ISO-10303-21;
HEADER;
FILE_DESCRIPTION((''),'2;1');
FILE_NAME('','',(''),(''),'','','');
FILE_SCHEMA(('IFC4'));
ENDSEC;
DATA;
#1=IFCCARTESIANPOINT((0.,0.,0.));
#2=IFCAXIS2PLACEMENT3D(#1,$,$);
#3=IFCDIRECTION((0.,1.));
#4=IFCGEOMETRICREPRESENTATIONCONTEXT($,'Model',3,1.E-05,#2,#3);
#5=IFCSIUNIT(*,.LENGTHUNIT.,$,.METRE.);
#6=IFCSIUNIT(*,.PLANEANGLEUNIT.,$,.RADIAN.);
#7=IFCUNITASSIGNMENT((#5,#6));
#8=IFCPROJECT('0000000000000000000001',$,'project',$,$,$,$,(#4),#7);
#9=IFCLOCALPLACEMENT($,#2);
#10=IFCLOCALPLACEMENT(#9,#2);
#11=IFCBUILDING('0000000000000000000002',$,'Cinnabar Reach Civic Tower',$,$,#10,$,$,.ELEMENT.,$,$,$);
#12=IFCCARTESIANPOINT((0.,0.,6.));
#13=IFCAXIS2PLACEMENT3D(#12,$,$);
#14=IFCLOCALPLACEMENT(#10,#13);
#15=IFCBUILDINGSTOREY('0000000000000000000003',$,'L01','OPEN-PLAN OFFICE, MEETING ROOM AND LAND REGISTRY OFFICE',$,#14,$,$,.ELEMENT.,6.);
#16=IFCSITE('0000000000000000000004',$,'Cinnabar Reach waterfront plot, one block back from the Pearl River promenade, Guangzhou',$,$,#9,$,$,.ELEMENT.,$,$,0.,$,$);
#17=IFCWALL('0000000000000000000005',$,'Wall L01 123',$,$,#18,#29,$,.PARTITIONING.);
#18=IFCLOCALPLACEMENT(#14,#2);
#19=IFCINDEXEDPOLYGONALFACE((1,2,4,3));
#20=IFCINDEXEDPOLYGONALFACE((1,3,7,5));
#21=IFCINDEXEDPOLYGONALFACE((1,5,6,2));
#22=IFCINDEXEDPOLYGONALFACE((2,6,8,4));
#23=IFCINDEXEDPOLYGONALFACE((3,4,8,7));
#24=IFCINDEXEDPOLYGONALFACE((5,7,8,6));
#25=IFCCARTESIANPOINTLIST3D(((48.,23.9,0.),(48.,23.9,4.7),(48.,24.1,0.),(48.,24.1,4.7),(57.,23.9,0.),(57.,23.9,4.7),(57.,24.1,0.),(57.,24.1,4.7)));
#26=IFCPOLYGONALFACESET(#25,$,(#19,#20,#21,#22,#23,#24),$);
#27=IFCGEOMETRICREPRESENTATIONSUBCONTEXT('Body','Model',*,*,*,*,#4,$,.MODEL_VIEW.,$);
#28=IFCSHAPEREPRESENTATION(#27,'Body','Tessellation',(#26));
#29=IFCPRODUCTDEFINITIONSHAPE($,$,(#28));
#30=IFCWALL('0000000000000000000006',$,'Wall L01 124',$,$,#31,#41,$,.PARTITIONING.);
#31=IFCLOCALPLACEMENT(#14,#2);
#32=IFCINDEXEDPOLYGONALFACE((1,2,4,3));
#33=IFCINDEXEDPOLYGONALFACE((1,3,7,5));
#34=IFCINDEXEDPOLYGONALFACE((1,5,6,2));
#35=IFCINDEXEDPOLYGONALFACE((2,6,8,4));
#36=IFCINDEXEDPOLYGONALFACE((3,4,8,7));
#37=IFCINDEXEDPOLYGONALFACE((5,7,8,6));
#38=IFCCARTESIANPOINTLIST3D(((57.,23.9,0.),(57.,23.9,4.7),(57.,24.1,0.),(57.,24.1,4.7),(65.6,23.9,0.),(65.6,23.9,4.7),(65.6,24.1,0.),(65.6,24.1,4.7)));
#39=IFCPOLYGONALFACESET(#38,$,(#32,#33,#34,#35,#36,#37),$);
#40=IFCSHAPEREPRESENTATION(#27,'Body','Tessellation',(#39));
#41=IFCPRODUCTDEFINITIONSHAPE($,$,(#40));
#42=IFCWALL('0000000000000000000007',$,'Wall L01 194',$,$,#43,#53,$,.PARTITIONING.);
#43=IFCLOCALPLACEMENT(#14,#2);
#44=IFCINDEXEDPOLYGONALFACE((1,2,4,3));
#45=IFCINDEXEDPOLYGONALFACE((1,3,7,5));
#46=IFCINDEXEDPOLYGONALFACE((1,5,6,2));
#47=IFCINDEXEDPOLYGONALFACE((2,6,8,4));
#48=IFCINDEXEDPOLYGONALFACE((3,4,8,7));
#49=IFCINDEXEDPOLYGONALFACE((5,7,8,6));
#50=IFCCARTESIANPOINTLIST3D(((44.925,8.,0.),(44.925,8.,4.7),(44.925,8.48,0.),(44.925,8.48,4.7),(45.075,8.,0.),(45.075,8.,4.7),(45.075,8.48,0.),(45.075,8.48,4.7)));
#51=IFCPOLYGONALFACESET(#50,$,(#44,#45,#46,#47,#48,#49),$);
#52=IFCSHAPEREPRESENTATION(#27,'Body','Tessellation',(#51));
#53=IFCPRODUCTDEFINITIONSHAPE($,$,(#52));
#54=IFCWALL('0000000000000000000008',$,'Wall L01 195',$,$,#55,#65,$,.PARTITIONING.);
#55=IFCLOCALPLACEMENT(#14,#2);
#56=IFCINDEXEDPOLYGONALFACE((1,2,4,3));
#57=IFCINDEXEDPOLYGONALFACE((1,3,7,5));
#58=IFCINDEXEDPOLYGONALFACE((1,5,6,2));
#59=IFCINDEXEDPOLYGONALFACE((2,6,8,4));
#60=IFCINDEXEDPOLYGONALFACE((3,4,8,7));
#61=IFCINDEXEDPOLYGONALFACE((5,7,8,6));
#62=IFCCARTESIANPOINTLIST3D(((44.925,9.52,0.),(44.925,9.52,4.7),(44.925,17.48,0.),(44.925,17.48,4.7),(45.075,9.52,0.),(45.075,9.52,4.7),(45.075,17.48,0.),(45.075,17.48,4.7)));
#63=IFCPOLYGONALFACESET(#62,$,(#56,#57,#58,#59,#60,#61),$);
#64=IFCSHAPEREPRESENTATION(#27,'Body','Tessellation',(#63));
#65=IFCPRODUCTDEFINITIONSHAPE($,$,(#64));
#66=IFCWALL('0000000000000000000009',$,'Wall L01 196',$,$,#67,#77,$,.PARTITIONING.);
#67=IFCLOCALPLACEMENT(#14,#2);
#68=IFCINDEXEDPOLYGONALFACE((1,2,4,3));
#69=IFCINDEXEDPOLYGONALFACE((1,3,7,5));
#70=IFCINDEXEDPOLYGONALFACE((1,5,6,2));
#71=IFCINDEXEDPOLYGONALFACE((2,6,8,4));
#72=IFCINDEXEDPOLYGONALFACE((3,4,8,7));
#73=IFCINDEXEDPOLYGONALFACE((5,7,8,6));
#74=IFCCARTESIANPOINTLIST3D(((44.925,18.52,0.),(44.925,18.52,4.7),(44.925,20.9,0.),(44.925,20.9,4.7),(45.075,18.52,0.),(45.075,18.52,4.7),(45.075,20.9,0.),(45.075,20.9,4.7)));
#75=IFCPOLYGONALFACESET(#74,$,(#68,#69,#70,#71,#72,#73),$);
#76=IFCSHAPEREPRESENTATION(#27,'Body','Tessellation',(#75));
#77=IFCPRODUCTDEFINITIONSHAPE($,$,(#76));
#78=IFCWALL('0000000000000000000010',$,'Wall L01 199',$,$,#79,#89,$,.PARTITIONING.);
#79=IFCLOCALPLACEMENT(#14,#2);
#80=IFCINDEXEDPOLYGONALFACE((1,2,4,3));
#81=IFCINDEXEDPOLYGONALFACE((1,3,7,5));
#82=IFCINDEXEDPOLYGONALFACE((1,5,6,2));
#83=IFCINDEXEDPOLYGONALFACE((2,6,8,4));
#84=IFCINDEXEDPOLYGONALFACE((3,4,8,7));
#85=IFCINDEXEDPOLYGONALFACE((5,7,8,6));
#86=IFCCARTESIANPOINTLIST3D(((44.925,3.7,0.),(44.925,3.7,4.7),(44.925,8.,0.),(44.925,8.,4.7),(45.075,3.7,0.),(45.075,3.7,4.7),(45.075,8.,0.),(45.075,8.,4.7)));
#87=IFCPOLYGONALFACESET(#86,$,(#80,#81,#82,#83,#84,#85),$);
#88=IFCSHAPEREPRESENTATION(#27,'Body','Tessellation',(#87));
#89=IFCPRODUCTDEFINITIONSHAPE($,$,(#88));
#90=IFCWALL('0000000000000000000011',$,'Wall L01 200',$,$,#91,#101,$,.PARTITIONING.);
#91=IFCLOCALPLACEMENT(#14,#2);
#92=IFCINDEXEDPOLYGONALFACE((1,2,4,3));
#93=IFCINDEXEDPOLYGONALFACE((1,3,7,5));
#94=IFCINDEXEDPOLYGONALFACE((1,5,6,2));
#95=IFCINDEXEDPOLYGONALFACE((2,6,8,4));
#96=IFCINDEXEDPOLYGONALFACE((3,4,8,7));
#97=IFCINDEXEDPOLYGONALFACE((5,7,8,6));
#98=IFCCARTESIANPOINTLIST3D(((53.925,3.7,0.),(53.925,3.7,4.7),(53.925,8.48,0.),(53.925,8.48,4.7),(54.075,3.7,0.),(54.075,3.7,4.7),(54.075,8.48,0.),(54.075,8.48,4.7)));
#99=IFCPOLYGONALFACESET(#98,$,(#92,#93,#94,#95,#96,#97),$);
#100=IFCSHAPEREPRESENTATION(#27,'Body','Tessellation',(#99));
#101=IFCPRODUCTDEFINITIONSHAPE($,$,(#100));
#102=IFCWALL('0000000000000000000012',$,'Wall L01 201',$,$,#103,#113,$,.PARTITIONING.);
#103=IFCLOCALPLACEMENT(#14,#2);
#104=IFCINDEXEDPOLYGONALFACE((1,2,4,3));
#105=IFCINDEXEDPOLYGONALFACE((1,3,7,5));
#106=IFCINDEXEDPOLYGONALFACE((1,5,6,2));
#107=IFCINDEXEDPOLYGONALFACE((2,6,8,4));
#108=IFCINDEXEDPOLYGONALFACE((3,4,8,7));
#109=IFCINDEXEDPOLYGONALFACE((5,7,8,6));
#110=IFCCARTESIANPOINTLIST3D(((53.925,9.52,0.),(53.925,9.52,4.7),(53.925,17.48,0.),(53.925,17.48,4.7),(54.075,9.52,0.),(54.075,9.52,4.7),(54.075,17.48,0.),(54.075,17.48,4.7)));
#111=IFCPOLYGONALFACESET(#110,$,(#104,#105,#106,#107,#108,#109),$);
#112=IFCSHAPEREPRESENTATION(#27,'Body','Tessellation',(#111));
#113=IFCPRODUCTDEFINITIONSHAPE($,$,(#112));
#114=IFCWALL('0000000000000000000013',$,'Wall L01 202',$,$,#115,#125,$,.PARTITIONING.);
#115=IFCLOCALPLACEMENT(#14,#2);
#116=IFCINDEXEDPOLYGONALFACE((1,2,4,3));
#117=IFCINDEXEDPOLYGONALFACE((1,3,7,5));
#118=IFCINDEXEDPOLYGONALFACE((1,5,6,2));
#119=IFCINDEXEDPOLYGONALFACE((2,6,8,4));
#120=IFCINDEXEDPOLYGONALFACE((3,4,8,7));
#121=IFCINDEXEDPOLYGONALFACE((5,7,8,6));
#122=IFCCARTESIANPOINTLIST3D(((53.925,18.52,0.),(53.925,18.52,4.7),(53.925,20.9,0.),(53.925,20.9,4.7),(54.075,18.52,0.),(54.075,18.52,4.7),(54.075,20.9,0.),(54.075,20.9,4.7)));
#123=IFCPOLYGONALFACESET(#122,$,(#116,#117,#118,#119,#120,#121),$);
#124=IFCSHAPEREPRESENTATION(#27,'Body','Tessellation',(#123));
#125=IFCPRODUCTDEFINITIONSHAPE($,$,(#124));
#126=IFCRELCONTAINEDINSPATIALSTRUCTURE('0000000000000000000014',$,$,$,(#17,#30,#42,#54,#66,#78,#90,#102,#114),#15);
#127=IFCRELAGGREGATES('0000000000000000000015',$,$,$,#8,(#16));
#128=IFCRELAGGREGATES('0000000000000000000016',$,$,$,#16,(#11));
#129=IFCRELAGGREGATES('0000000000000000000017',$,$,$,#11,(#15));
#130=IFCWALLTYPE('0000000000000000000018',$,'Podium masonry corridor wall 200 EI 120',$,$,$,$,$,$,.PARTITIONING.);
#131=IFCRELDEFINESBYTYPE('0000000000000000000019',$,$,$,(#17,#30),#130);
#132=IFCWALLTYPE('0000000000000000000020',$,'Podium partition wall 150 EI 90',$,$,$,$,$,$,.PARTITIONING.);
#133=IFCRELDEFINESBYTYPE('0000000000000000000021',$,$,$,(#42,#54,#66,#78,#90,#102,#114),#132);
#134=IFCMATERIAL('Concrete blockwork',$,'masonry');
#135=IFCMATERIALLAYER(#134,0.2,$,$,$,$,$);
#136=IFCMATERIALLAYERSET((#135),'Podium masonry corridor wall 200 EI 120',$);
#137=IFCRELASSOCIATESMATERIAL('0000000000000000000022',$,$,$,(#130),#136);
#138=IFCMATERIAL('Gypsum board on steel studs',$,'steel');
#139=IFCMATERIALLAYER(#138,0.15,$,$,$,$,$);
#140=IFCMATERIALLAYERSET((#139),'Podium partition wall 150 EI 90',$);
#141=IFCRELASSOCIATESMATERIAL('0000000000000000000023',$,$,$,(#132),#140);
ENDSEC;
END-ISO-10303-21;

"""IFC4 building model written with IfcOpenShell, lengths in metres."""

from ifc_helpers import new_model, si_unit, direction, frame, frame_2d, origin, place, context, subcontext, project, spatial, rectangle, extrude, material, layer, layer_set, type_object, element, save


model = new_model("IFC4")

# Units and contexts
model_context = context("Model", 3, precision=1e-05, world=origin(), true_north=direction((0.0, 1.0)))
body_context = subcontext(model_context, "Body", "Model", "MODEL_VIEW")
ifc_project = project(units=[si_unit("LENGTHUNIT", "METRE"), si_unit("PLANEANGLEUNIT", "RADIAN")], contexts=[model_context])

# Site, building, storey
site_placement = place(None, origin())
site = spatial("IfcSite", under=ifc_project, at=site_placement, Name="Cinnabar Reach waterfront plot, one block back from the Pearl River promenade, Guangzhou", CompositionType="ELEMENT", RefElevation=0.0)
building_placement = place(site_placement, origin())
building = spatial("IfcBuilding", under=site, at=building_placement, Name="Cinnabar Reach Civic Tower", CompositionType="ELEMENT")
storey_placement = place(building_placement, frame((0.0, 0.0, 6.0)))
storey = spatial("IfcBuildingStorey", under=building, at=storey_placement, Name="L01", Description="OPEN-PLAN OFFICE, MEETING ROOM AND LAND REGISTRY OFFICE", CompositionType="ELEMENT", Elevation=6.0)

# Shared definitions
ifc_material_1 = material(Name="Concrete blockwork", Category="masonry")
ifc_layer_1 = layer(ifc_material_1, 0.2)
ifc_layer_set_1 = layer_set([ifc_layer_1], Name="Podium masonry corridor wall 200 EI 120")
wall_type_1 = type_object("IfcWallType", Name="Podium masonry corridor wall 200 EI 120", PredefinedType="PARTITIONING", material=ifc_layer_set_1)

# Walls
wall_1_placement = place(storey_placement, frame((48.0, 24.0, 0.0), z_axis=(0.0, 0.0, 1.0), x_axis=(1.0, 0.0, 0.0)))
element("IfcWall", 1, at=wall_1_placement, inside=storey, type_object=wall_type_1, Name="Wall L01 123", PredefinedType="PARTITIONING", context=body_context, shape_type="SweptSolid", body=[
    extrude(rectangle(XDim=9.0, YDim=0.2, at=frame_2d((4.5, 0.0))), origin(), (0.0, 0.0, 1.0), 4.7),
])
wall_2_placement = place(storey_placement, frame((57.0, 24.0, 0.0), z_axis=(0.0, 0.0, 1.0), x_axis=(1.0, 0.0, 0.0)))
element("IfcWall", 2, at=wall_2_placement, inside=storey, type_object=wall_type_1, Name="Wall L01 124", PredefinedType="PARTITIONING", context=body_context, shape_type="SweptSolid", body=[
    extrude(rectangle(XDim=8.6, YDim=0.2, at=frame_2d((4.3, 0.0))), origin(), (0.0, 0.0, 1.0), 4.7),
])
ifc_material_2 = material(Name="Gypsum board on steel studs", Category="steel")
ifc_layer_2 = layer(ifc_material_2, 0.15)
ifc_layer_set_2 = layer_set([ifc_layer_2], Name="Podium partition wall 150 EI 90")
wall_type_2 = type_object("IfcWallType", Name="Podium partition wall 150 EI 90", PredefinedType="PARTITIONING", material=ifc_layer_set_2)
wall_3_placement = place(storey_placement, frame((45.0, 8.0, 0.0), z_axis=(0.0, 0.0, 1.0), x_axis=(0.0, 1.0, 0.0)))
element("IfcWall", 3, at=wall_3_placement, inside=storey, type_object=wall_type_2, Name="Wall L01 194", PredefinedType="PARTITIONING", context=body_context, shape_type="SweptSolid", body=[
    extrude(rectangle(XDim=0.48, YDim=0.15, at=frame_2d((0.24, 0.0))), origin(), (0.0, 0.0, 1.0), 4.7),
])
wall_4_placement = place(storey_placement, frame((45.0, 9.52, 0.0), z_axis=(0.0, 0.0, 1.0), x_axis=(0.0, 1.0, 0.0)))
element("IfcWall", 4, at=wall_4_placement, inside=storey, type_object=wall_type_2, Name="Wall L01 195", PredefinedType="PARTITIONING", context=body_context, shape_type="SweptSolid", body=[
    extrude(rectangle(XDim=7.96, YDim=0.15, at=frame_2d((3.98, 0.0))), origin(), (0.0, 0.0, 1.0), 4.7),
])
wall_5_placement = place(storey_placement, frame((45.0, 18.52, 0.0), z_axis=(0.0, 0.0, 1.0), x_axis=(0.0, 1.0, 0.0)))
element("IfcWall", 5, at=wall_5_placement, inside=storey, type_object=wall_type_2, Name="Wall L01 196", PredefinedType="PARTITIONING", context=body_context, shape_type="SweptSolid", body=[
    extrude(rectangle(XDim=2.38, YDim=0.15, at=frame_2d((1.19, 0.0))), origin(), (0.0, 0.0, 1.0), 4.7),
])
wall_6_placement = place(storey_placement, frame((45.0, 3.7, 0.0), z_axis=(0.0, 0.0, 1.0), x_axis=(0.0, 1.0, 0.0)))
element("IfcWall", 6, at=wall_6_placement, inside=storey, type_object=wall_type_2, Name="Wall L01 199", PredefinedType="PARTITIONING", context=body_context, shape_type="SweptSolid", body=[
    extrude(rectangle(XDim=4.3, YDim=0.15, at=frame_2d((2.15, 0.0))), origin(), (0.0, 0.0, 1.0), 4.7),
])
wall_7_placement = place(storey_placement, frame((54.0, 3.7, 0.0), z_axis=(0.0, 0.0, 1.0), x_axis=(0.0, 1.0, 0.0)))
element("IfcWall", 7, at=wall_7_placement, inside=storey, type_object=wall_type_2, Name="Wall L01 200", PredefinedType="PARTITIONING", context=body_context, shape_type="SweptSolid", body=[
    extrude(rectangle(XDim=4.78, YDim=0.15, at=frame_2d((2.39, 0.0))), origin(), (0.0, 0.0, 1.0), 4.7),
])
wall_8_placement = place(storey_placement, frame((54.0, 9.52, 0.0), z_axis=(0.0, 0.0, 1.0), x_axis=(0.0, 1.0, 0.0)))
element("IfcWall", 8, at=wall_8_placement, inside=storey, type_object=wall_type_2, Name="Wall L01 201", PredefinedType="PARTITIONING", context=body_context, shape_type="SweptSolid", body=[
    extrude(rectangle(XDim=7.96, YDim=0.15, at=frame_2d((3.98, 0.0))), origin(), (0.0, 0.0, 1.0), 4.7),
])
wall_9_placement = place(storey_placement, frame((54.0, 18.52, 0.0), z_axis=(0.0, 0.0, 1.0), x_axis=(0.0, 1.0, 0.0)))
element("IfcWall", 9, at=wall_9_placement, inside=storey, type_object=wall_type_2, Name="Wall L01 202", PredefinedType="PARTITIONING", context=body_context, shape_type="SweptSolid", body=[
    extrude(rectangle(XDim=2.38, YDim=0.15, at=frame_2d((1.19, 0.0))), origin(), (0.0, 0.0, 1.0), 4.7),
])

save(model, "model.ifc")
